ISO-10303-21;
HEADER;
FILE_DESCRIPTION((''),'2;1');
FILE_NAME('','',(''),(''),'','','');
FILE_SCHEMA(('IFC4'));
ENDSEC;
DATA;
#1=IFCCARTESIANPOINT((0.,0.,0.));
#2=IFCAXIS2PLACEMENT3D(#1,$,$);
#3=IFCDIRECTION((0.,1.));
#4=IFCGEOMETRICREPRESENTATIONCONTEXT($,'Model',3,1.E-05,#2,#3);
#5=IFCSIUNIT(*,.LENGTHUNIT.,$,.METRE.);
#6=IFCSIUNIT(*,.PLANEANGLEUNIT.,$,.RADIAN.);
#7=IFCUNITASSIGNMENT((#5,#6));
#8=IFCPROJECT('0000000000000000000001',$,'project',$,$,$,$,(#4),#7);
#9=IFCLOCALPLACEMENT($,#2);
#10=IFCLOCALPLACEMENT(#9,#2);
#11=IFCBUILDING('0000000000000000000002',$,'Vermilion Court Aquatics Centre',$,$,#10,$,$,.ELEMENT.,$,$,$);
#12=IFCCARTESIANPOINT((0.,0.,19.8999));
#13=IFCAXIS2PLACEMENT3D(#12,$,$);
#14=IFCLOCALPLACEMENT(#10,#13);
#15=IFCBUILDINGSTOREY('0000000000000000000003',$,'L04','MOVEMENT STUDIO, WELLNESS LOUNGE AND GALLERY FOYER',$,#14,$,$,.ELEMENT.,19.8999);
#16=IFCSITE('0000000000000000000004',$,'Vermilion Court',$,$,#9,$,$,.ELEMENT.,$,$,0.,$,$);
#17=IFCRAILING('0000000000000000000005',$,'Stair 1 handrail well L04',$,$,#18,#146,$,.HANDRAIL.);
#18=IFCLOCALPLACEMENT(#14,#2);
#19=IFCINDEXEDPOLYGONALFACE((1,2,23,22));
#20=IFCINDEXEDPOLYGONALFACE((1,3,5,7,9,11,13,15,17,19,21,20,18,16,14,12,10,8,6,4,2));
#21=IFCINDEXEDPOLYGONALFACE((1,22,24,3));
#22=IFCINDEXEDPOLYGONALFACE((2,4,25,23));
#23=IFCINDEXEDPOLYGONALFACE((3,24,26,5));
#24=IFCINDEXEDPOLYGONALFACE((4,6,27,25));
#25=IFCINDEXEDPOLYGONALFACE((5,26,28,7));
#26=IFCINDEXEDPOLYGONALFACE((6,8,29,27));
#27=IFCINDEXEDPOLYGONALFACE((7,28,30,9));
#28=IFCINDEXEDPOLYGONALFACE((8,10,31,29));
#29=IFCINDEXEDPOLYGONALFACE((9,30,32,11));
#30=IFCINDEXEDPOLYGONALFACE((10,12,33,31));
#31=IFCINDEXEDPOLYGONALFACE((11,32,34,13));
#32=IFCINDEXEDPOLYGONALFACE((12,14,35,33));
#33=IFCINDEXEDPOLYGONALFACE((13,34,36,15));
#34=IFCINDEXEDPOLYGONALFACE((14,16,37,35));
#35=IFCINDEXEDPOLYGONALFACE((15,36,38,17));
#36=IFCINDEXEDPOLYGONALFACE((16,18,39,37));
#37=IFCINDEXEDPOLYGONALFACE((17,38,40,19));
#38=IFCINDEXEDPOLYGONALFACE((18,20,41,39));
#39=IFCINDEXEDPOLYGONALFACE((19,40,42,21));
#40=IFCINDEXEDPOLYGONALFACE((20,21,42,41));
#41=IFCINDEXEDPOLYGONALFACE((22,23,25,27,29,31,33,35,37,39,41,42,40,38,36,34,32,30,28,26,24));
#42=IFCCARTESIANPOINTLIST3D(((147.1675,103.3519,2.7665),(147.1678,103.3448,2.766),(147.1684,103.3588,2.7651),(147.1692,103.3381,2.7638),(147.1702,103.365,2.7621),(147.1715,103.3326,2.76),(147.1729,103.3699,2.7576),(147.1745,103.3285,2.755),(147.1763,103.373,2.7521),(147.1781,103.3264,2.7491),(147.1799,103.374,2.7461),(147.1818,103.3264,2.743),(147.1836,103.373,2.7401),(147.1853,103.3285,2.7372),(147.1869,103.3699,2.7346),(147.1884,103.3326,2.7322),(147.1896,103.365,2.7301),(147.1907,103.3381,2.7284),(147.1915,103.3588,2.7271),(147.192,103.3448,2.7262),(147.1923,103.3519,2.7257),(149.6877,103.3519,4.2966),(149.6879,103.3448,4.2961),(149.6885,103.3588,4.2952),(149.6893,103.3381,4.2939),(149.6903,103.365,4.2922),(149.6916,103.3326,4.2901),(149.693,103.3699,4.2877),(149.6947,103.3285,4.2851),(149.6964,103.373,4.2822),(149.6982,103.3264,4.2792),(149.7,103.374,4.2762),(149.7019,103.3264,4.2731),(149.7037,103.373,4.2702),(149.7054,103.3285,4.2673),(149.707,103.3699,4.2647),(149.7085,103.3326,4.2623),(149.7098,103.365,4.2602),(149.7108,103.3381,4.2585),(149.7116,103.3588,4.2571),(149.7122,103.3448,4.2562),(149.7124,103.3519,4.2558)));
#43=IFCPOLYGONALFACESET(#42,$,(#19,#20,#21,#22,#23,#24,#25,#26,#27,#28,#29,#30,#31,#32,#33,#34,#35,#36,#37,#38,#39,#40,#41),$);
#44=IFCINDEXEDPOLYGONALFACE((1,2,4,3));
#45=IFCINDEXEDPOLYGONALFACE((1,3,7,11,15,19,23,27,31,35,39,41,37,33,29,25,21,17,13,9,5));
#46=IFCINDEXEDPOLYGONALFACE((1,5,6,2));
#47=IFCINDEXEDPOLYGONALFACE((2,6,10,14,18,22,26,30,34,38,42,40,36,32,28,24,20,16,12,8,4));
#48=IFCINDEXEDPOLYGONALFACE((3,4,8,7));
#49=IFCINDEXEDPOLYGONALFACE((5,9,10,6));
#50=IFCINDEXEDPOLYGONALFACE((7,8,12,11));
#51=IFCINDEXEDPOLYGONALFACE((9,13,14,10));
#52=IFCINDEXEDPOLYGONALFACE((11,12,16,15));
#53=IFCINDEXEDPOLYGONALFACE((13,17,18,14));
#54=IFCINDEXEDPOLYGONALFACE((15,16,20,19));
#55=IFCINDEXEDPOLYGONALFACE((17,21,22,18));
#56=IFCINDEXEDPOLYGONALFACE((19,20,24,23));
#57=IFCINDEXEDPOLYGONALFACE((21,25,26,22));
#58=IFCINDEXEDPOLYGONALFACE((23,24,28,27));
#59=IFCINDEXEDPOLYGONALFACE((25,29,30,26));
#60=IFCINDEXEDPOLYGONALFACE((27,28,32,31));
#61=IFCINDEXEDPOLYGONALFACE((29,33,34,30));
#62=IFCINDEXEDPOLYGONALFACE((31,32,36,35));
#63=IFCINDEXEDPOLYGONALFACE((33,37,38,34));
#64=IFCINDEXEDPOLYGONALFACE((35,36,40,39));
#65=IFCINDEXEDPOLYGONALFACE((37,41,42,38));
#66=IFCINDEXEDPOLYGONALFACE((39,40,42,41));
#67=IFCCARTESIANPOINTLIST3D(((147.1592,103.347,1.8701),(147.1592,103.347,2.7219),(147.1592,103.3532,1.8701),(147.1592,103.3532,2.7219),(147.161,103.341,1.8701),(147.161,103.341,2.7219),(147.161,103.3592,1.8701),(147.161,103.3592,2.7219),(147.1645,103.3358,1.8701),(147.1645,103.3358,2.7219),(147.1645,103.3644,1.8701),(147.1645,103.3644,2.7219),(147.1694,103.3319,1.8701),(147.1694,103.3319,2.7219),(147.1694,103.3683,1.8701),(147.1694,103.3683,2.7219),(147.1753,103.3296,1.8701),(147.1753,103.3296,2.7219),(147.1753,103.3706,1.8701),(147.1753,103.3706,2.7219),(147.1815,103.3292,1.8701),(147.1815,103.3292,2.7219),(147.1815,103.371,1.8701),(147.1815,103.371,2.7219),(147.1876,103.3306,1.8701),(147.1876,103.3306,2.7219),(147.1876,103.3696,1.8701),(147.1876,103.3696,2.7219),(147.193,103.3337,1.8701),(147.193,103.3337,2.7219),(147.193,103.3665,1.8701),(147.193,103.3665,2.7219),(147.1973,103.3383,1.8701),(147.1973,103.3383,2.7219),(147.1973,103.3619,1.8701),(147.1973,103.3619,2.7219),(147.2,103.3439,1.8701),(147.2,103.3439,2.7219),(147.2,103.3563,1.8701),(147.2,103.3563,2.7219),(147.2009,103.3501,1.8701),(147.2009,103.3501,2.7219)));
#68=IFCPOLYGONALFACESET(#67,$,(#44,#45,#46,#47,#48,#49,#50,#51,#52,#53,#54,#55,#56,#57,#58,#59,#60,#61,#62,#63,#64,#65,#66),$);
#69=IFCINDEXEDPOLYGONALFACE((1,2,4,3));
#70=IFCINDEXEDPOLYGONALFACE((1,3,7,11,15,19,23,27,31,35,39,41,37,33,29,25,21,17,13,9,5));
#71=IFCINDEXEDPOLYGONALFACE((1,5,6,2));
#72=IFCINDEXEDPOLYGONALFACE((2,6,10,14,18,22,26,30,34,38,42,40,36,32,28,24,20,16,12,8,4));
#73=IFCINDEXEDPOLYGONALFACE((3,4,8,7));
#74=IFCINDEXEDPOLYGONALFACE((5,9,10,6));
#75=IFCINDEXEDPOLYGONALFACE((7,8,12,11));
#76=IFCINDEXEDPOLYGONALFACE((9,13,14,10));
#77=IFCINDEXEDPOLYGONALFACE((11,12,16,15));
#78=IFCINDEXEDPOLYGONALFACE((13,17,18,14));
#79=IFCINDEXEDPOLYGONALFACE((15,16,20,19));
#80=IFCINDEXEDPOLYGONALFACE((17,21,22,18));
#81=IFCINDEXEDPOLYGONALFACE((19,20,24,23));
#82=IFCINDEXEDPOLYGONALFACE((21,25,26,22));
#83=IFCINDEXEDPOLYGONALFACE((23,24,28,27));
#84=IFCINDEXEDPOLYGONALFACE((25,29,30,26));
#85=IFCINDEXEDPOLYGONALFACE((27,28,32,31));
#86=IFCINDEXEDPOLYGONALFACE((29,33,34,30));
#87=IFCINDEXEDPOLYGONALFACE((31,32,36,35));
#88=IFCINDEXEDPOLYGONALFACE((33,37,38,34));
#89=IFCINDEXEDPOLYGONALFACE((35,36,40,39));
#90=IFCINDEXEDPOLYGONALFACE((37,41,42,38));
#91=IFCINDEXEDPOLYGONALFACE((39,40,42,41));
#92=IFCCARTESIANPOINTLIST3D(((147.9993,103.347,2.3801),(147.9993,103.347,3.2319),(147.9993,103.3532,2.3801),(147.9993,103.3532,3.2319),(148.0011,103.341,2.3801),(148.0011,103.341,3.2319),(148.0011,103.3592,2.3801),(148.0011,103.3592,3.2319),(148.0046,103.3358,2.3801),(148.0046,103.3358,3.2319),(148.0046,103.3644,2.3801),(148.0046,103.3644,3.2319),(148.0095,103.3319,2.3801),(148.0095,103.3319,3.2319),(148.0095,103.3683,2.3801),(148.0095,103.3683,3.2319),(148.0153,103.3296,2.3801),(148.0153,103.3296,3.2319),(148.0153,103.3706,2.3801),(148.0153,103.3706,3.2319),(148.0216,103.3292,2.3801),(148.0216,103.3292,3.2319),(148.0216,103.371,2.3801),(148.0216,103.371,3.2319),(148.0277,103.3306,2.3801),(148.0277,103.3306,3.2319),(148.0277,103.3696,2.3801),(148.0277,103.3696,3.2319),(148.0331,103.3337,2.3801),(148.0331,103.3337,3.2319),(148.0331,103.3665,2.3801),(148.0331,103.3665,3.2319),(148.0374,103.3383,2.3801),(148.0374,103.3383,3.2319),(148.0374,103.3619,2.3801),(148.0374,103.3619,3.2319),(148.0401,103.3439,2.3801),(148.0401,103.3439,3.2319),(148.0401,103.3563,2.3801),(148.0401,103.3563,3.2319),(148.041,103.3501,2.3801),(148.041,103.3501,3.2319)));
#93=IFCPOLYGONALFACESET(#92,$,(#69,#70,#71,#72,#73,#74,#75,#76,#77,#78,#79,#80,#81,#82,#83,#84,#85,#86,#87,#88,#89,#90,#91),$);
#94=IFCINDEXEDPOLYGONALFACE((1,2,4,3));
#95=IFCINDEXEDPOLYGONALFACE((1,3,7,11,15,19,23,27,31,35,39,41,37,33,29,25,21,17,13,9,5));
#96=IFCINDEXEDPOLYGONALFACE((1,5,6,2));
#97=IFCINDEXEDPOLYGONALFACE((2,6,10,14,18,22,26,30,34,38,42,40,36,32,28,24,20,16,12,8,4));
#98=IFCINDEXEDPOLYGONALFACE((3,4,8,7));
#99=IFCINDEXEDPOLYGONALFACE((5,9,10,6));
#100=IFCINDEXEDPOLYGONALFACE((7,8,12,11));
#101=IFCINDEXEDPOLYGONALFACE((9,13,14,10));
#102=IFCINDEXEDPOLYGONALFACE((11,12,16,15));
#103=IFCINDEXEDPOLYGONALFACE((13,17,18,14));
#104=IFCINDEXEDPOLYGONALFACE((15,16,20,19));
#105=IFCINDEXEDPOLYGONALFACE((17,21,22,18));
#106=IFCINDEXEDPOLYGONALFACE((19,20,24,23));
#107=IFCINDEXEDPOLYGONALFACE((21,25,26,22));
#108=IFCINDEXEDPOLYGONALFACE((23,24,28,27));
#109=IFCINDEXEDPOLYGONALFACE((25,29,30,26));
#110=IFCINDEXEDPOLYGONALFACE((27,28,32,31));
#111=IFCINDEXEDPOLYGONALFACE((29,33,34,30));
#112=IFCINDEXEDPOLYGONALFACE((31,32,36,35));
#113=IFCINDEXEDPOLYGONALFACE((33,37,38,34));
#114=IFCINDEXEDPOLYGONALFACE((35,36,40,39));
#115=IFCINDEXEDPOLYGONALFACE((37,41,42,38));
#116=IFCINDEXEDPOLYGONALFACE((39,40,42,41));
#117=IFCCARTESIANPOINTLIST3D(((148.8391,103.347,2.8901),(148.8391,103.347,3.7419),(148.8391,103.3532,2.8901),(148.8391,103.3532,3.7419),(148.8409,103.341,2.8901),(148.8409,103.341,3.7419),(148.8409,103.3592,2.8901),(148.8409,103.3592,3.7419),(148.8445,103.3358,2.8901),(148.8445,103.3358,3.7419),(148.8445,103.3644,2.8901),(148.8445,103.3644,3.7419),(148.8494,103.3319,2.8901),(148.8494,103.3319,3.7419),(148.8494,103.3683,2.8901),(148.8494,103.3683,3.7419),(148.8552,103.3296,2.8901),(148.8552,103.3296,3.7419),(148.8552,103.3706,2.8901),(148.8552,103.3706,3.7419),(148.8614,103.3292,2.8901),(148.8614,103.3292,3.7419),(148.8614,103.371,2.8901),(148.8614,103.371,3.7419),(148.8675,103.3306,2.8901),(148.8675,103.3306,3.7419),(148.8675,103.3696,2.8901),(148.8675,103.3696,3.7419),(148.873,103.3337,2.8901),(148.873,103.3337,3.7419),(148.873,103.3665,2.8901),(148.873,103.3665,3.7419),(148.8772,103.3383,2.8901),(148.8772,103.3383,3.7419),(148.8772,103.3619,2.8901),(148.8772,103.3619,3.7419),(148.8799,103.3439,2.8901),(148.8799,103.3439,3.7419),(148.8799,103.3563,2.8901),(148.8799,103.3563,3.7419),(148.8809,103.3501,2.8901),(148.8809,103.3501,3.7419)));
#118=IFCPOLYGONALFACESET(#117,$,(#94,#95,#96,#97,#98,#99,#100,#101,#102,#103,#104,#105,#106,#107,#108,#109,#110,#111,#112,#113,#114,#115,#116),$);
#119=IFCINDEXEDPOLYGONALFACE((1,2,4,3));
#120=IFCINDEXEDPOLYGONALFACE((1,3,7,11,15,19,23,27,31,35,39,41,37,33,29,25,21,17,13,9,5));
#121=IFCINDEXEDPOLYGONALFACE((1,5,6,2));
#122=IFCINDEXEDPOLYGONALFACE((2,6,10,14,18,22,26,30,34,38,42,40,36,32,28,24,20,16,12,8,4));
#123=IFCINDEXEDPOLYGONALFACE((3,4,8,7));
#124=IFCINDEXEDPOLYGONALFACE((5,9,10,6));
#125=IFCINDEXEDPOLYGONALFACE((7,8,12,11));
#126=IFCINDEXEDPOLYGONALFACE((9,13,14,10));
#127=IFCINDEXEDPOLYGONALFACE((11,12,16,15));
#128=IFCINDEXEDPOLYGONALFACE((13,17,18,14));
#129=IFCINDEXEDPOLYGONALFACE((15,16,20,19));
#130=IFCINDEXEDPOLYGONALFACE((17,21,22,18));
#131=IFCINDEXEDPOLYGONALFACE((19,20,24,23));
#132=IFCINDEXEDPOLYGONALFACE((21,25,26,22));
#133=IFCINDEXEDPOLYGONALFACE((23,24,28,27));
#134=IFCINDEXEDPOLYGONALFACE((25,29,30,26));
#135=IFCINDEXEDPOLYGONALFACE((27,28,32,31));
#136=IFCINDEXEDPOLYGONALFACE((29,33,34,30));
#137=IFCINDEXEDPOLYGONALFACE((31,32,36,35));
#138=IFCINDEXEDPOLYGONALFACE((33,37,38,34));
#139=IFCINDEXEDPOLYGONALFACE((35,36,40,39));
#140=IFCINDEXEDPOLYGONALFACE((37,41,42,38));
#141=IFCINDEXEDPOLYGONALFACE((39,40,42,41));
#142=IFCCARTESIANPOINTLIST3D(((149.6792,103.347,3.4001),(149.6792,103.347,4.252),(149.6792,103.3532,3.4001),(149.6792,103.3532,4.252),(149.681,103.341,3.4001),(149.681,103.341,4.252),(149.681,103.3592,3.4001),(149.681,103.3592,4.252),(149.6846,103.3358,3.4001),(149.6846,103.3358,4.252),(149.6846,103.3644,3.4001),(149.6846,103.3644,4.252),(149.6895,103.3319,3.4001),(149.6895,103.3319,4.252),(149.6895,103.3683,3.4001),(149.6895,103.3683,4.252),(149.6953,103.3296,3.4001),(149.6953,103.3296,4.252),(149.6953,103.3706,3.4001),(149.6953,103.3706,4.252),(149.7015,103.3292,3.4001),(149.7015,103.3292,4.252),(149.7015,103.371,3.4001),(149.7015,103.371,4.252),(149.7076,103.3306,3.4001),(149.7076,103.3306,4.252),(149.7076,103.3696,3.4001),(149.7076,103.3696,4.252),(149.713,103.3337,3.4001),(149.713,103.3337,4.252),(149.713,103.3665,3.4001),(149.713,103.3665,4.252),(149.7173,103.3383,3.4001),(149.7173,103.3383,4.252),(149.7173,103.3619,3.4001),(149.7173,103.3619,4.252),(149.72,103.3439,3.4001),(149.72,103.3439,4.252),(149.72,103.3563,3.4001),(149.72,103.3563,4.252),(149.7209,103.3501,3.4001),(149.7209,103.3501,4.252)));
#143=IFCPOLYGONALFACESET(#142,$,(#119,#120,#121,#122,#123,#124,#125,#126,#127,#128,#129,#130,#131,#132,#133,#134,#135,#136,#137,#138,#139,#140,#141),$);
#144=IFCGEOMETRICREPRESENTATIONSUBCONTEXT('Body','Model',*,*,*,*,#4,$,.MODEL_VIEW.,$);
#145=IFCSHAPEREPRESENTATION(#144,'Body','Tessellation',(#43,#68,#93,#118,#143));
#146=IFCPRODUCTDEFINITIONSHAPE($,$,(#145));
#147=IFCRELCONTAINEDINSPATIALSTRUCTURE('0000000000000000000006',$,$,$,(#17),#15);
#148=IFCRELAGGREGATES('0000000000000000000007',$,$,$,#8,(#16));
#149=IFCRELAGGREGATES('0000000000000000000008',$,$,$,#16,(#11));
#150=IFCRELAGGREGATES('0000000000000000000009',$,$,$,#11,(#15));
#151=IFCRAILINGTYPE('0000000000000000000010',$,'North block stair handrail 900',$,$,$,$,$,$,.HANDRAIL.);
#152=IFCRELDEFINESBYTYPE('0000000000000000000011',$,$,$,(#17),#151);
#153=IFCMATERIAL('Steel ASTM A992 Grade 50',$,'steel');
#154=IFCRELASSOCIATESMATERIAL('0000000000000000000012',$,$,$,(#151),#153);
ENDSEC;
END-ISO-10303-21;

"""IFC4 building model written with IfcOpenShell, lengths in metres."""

from ifc_helpers import new_model, si_unit, direction, frame, origin, origin_2d, place, context, subcontext, project, spatial, circle, extrude, material, type_object, element, save


model = new_model("IFC4")

# Units and contexts
model_context = context("Model", 3, precision=1e-05, world=origin(), true_north=direction((0.0, 1.0)))
body_context = subcontext(model_context, "Body", "Model", "MODEL_VIEW")
ifc_project = project(units=[si_unit("LENGTHUNIT", "METRE"), si_unit("PLANEANGLEUNIT", "RADIAN")], contexts=[model_context])

# Site, building, storey
site_placement = place(None, origin())
site = spatial("IfcSite", under=ifc_project, at=site_placement, Name="Vermilion Court", CompositionType="ELEMENT", RefElevation=0.0)
building_placement = place(site_placement, origin())
building = spatial("IfcBuilding", under=site, at=building_placement, Name="Vermilion Court Aquatics Centre", CompositionType="ELEMENT")
storey_placement = place(building_placement, frame((0.0, 0.0, 19.8999)))
storey = spatial("IfcBuildingStorey", under=building, at=storey_placement, Name="L04", Description="MOVEMENT STUDIO, WELLNESS LOUNGE AND GALLERY FOYER", CompositionType="ELEMENT", Elevation=19.8999)

# Railing
ifc_material_1 = material(Name="Steel ASTM A992 Grade 50", Category="steel")
railing_type_1 = type_object("IfcRailingType", Name="North block stair handrail 900", PredefinedType="HANDRAIL", material=ifc_material_1)
for number, where, name in (
    (1, (147.1799, 103.3501, 1.8701), "Stair 1 handrail well L04"),
):
    element("IfcRailing", number, at=place(storey_placement, frame(where)), inside=storey, type_object=railing_type_1, Name=name, PredefinedType="HANDRAIL", context=body_context, shape_type="SweptSolid", body=[
        extrude(circle(Radius=0.0239, at=origin_2d()), frame((0.0, 0.0, 0.876), z_axis=(0.854785, 0.0, 0.518982), x_axis=(0.0, 1.0, 0.0)), (0.0, 0.0, 1.0), 2.9482),
        extrude(circle(Radius=0.021, at=origin_2d()), origin(), (0.0, 0.0, 1.0), 0.8518),
        extrude(circle(Radius=0.021, at=origin_2d()), frame((0.8401, 0.0, 0.51)), (0.0, 0.0, 1.0), 0.8518),
        extrude(circle(Radius=0.021, at=origin_2d()), frame((1.6799, 0.0, 1.02)), (0.0, 0.0, 1.0), 0.8518),
        extrude(circle(Radius=0.021, at=origin_2d()), frame((2.52, 0.0, 1.53)), (0.0, 0.0, 1.0), 0.8518),
    ])

save(model, "model.ifc")
